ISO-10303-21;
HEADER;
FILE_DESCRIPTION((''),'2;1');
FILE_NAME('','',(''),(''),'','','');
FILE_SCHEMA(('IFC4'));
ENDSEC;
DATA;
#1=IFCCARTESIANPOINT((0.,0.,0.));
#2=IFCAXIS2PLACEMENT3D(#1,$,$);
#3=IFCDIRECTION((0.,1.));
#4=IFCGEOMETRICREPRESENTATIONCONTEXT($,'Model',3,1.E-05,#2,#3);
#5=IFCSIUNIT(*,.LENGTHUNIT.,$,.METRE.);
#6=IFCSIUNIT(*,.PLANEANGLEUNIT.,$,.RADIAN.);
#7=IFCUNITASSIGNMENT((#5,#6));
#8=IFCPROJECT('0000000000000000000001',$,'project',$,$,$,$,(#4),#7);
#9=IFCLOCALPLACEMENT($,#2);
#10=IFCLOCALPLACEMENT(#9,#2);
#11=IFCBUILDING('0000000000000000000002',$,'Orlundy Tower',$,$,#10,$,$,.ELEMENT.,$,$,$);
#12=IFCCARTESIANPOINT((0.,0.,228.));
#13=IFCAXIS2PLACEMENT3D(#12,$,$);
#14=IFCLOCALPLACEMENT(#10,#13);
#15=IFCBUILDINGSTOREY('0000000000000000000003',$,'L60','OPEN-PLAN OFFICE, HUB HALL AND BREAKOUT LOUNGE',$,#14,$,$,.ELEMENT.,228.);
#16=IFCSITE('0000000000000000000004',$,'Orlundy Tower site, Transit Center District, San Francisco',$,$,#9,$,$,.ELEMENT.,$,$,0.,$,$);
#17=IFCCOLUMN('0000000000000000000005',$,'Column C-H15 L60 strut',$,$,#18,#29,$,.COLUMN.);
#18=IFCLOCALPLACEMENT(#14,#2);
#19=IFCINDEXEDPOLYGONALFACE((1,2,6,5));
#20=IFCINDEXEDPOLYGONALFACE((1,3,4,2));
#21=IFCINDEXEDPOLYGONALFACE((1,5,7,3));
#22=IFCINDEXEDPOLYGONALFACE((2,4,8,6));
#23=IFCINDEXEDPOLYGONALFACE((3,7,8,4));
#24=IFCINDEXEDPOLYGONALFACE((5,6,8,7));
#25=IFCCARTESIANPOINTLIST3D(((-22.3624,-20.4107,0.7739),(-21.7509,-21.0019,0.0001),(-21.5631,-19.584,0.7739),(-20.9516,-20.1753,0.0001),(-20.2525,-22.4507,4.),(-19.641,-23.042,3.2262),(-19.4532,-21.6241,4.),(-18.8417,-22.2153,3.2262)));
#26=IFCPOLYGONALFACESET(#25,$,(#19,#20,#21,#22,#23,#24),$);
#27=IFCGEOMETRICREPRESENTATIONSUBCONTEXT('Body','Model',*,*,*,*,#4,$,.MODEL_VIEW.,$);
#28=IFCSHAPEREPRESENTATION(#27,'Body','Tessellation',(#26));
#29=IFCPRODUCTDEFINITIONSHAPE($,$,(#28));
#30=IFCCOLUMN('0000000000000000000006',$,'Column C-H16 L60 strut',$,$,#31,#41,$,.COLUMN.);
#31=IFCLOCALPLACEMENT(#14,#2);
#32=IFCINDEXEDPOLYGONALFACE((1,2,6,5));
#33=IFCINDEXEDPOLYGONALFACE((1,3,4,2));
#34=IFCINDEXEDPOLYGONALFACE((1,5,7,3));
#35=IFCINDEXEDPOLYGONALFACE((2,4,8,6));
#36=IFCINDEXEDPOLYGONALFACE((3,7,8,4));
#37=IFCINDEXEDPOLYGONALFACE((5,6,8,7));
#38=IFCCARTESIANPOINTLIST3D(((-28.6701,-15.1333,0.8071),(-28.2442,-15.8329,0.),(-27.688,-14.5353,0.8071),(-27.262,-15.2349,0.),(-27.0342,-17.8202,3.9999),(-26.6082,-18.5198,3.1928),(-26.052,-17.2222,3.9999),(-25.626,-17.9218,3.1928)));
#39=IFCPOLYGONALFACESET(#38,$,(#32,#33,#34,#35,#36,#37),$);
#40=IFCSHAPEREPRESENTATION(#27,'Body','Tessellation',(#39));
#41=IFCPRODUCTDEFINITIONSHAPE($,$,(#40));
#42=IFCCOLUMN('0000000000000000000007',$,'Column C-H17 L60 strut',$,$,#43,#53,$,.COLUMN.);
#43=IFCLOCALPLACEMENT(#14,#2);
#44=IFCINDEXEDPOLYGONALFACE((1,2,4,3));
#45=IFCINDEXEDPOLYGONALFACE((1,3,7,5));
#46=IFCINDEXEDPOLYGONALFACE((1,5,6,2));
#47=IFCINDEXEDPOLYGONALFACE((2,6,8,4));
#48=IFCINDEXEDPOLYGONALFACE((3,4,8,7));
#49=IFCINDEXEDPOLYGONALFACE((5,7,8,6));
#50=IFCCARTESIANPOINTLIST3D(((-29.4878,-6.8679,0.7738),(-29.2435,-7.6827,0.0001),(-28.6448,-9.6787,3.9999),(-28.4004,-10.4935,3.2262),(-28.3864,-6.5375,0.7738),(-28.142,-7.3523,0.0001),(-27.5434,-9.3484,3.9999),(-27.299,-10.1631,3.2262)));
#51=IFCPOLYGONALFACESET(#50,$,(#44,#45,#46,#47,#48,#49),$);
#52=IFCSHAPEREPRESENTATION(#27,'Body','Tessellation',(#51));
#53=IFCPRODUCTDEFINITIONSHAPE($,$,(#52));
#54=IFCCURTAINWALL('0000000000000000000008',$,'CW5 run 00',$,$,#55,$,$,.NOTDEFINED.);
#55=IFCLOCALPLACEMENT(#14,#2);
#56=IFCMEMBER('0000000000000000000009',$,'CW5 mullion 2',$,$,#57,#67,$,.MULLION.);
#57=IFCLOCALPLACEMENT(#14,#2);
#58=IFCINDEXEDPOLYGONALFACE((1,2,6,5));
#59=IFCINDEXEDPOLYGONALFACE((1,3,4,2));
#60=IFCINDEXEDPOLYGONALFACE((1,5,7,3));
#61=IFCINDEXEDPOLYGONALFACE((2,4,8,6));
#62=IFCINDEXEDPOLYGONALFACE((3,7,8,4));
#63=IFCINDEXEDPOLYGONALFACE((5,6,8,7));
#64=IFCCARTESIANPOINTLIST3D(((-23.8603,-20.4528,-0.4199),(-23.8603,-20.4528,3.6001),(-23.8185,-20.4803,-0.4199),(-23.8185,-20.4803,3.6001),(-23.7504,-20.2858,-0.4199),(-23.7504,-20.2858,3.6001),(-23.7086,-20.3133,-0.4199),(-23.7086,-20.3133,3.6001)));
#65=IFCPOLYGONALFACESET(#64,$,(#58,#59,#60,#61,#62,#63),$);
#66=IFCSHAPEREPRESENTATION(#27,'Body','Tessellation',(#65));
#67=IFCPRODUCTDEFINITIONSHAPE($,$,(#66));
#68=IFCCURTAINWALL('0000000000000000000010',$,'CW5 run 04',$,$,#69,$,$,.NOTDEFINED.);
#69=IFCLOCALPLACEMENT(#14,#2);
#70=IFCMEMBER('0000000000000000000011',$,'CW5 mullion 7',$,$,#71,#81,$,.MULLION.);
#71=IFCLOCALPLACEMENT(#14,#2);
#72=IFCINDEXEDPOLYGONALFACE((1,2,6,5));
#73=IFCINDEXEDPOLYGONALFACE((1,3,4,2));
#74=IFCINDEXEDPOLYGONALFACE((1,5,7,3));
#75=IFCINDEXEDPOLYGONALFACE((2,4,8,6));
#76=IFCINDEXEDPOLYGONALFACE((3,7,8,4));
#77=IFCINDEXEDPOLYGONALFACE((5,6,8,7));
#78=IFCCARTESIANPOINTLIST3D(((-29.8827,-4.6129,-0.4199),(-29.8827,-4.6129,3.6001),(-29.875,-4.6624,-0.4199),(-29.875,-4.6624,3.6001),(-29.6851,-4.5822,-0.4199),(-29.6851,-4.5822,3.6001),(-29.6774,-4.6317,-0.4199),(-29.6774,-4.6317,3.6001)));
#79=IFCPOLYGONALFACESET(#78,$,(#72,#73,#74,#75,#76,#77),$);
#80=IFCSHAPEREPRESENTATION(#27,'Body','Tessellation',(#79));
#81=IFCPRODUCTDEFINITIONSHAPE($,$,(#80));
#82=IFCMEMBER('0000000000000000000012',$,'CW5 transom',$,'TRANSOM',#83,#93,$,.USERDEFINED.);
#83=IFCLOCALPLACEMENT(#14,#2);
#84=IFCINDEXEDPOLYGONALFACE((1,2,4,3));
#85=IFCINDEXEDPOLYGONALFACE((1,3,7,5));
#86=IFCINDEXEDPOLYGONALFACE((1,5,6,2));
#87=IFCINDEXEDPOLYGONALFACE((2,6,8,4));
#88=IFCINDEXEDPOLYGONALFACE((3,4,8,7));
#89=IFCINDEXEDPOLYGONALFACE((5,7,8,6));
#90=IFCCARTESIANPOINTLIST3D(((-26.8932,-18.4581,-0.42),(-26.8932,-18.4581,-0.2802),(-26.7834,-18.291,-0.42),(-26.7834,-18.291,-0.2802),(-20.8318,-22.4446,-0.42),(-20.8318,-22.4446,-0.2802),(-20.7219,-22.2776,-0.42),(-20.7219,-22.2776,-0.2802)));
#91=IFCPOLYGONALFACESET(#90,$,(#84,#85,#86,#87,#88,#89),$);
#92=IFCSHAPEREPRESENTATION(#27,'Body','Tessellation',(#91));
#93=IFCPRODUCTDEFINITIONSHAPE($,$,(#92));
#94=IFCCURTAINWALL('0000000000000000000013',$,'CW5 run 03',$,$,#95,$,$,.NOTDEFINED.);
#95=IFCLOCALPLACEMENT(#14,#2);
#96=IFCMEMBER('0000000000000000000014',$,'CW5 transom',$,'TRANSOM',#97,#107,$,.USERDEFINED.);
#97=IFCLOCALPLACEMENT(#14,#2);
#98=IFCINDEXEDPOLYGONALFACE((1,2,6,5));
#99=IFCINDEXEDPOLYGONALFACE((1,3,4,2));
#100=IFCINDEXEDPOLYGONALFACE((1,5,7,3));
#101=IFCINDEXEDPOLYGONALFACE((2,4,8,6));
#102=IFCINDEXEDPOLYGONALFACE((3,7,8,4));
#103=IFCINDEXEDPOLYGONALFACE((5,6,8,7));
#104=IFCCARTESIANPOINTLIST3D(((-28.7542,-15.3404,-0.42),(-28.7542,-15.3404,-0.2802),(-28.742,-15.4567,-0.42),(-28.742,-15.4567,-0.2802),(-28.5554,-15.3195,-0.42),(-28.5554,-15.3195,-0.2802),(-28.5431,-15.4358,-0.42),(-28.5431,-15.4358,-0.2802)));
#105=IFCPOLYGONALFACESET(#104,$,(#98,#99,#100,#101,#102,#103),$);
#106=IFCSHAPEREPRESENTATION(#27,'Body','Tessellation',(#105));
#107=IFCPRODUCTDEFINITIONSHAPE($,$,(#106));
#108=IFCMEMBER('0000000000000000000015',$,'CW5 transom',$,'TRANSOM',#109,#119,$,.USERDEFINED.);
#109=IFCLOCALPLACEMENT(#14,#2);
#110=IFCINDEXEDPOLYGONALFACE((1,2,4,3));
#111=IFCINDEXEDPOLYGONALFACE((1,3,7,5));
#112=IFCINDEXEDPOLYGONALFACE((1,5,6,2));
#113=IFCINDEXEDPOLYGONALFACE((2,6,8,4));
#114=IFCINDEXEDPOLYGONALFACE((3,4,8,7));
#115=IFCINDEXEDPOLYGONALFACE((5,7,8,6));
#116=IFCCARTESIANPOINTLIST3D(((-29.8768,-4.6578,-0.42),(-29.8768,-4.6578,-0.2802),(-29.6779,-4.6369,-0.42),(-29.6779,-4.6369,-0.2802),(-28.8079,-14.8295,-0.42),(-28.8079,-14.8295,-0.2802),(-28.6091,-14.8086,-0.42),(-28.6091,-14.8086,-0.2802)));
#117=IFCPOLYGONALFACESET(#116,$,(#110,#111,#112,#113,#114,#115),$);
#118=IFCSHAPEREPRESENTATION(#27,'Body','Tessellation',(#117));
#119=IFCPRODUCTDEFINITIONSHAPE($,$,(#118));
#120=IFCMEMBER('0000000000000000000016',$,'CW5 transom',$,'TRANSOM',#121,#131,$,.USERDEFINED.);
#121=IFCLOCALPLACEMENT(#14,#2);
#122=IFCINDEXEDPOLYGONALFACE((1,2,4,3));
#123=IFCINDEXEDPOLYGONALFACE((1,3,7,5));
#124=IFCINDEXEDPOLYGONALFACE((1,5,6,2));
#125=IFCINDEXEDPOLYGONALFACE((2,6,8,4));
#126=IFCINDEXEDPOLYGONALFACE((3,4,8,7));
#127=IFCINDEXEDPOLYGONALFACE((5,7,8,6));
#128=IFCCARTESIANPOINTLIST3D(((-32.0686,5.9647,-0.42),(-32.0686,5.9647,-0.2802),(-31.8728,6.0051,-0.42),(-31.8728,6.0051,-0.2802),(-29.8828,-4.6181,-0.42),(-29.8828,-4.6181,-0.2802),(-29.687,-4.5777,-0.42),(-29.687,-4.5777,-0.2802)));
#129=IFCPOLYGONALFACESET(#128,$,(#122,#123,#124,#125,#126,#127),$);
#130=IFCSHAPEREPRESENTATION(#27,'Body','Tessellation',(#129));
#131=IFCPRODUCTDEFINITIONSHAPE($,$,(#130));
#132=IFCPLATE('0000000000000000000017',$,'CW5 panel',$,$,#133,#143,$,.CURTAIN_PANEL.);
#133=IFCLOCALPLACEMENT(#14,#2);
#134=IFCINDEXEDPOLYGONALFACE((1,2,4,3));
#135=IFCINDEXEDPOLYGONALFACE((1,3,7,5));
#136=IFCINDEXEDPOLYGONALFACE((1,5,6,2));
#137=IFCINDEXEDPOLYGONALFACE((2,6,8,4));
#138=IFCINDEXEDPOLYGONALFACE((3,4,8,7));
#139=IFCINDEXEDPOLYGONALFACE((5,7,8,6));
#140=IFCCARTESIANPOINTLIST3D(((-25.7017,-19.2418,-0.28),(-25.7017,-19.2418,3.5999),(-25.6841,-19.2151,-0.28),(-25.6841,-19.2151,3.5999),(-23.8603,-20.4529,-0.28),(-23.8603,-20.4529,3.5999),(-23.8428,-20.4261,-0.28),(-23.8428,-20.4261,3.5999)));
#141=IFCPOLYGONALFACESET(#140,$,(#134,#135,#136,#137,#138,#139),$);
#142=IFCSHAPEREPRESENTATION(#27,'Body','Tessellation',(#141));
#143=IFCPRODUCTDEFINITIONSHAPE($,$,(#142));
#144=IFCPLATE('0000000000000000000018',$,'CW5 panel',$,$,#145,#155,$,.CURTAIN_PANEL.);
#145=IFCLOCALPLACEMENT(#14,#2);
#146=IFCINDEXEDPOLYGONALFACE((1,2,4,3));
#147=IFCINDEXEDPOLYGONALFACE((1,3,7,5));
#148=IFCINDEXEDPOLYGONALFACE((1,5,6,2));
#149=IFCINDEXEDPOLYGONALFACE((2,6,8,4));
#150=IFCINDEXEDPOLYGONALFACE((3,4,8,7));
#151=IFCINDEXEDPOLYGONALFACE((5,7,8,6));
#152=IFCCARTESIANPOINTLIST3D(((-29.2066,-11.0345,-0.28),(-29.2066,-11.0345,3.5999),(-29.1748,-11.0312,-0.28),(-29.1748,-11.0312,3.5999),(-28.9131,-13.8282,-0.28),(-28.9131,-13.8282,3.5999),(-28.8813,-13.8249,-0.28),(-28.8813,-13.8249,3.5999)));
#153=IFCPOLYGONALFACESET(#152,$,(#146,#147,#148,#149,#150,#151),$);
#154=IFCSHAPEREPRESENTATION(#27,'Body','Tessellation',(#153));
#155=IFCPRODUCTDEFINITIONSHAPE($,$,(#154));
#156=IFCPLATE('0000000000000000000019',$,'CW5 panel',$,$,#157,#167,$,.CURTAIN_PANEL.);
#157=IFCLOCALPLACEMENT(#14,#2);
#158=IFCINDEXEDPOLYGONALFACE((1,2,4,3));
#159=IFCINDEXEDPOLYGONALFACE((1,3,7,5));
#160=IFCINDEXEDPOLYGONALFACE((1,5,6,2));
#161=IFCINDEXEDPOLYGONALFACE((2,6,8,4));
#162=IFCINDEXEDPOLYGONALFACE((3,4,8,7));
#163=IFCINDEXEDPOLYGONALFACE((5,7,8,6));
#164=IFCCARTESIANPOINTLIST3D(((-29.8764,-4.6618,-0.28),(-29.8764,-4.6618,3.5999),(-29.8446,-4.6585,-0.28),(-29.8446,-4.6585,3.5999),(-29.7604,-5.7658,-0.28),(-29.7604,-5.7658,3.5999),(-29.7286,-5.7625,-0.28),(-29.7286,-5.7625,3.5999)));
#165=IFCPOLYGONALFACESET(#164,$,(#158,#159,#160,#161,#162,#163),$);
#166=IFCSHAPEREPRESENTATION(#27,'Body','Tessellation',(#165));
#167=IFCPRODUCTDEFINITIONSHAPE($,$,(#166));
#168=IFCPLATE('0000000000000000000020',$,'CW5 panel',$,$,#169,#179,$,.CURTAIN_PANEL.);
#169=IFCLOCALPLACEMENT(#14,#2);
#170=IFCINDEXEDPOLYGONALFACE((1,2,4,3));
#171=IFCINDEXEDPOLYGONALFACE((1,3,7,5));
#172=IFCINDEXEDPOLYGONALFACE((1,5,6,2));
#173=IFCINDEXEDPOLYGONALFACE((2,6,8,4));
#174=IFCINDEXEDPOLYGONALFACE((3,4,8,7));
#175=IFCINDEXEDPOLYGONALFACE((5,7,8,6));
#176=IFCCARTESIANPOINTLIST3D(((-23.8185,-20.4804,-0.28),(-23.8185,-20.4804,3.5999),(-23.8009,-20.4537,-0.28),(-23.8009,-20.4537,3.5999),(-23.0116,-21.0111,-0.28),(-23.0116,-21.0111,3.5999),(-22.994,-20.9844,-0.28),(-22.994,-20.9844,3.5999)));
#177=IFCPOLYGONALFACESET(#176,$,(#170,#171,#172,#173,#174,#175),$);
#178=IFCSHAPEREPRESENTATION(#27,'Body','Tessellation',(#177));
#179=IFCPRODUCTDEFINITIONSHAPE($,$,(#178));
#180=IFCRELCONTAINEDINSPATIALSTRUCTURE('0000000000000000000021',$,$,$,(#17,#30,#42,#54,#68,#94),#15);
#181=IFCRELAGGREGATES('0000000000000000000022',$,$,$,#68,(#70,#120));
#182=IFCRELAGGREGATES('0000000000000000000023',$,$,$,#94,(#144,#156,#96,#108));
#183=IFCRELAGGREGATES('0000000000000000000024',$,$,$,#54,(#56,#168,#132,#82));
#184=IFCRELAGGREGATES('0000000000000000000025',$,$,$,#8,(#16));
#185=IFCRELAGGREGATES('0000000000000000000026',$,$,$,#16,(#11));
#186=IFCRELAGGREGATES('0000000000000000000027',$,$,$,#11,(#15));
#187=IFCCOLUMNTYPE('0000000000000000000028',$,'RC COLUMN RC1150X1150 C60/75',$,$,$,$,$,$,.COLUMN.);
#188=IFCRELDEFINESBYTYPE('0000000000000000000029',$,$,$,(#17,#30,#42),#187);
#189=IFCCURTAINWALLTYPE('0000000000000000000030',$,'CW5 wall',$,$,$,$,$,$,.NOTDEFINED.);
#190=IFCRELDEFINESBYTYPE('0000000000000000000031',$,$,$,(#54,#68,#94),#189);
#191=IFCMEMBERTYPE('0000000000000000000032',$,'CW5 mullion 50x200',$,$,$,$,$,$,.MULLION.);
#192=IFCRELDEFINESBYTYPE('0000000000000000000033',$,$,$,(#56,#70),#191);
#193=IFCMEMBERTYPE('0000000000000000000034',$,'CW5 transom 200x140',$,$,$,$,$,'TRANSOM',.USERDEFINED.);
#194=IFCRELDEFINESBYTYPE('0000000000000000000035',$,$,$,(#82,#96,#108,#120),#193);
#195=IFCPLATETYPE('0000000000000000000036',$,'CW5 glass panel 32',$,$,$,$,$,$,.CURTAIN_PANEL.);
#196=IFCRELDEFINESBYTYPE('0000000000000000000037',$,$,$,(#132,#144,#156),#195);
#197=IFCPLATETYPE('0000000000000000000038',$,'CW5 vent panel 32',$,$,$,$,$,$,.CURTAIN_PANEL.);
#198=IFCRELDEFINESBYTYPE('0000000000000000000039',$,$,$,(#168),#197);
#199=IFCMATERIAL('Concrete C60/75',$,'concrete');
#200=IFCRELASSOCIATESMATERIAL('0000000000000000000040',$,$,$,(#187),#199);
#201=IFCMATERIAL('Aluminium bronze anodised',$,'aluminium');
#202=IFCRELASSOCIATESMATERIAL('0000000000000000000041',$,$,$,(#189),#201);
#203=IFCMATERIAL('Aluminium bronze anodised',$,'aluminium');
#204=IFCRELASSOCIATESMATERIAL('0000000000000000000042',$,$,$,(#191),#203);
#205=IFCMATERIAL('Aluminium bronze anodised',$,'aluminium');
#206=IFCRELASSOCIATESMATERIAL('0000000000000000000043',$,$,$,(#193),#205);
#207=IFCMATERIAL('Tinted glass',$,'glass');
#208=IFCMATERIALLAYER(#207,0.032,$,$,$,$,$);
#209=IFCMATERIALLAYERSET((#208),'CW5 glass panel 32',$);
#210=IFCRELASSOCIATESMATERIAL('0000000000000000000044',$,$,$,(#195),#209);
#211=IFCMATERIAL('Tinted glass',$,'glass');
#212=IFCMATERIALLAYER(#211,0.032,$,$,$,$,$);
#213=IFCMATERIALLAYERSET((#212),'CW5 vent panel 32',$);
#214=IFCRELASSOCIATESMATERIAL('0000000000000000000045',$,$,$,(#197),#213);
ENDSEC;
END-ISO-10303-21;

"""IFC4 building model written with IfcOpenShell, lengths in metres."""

from ifc_helpers import new_model, si_unit, direction, frame, origin, origin_2d, place, context, subcontext, project, spatial, rectangle, extrude, material, layer, layer_set, material_profile, profile_set, type_object, element, aggregate, save


model = new_model("IFC4")

# Units and contexts
model_context = context("Model", 3, precision=1e-05, world=origin(), true_north=direction((0.0, 1.0)))
body_context = subcontext(model_context, "Body", "Model", "MODEL_VIEW")
ifc_project = project(units=[si_unit("LENGTHUNIT", "METRE"), si_unit("PLANEANGLEUNIT", "RADIAN")], contexts=[model_context])

# Site, building, storey
site_placement = place(None, origin())
site = spatial("IfcSite", under=ifc_project, at=site_placement, Name="Orlundy Tower site, Transit Center District, San Francisco", CompositionType="ELEMENT", RefElevation=0.0)
building_placement = place(site_placement, origin())
building = spatial("IfcBuilding", under=site, at=building_placement, Name="Orlundy Tower", CompositionType="ELEMENT")
storey_placement = place(building_placement, frame((0.0, 0.0, 228.0)))
storey = spatial("IfcBuildingStorey", under=building, at=storey_placement, Name="L60", Description="OPEN-PLAN OFFICE, HUB HALL AND BREAKOUT LOUNGE", CompositionType="ELEMENT", Elevation=228.0)

# Columns
ifc_material_1 = material(Name="Concrete C60/75", Category="concrete")
ifc_material_profile_1 = material_profile(ifc_material_1, rectangle(XDim=1.1499, YDim=1.1499, at=origin_2d()), Name="RC1150X1150")
ifc_profile_set_1 = profile_set([ifc_material_profile_1], Name="Concrete C60/75")
column_type = type_object("IfcColumnType", Name="RC COLUMN RC1150X1150 C60/75", PredefinedType="COLUMN", material=ifc_profile_set_1)
column_1_placement = place(storey_placement, frame((-21.657, -20.293, 0.387), z_axis=(0.483771, -0.467761, 0.739707), x_axis=(0.695111, 0.718902, 0.0)))
element("IfcColumn", 1, at=column_1_placement, inside=storey, type_object=column_type, Name="Column C-H15 L60 strut", PredefinedType="COLUMN", context=body_context, shape_type="SweptSolid", body=[
    extrude(rectangle(XDim=1.1499, YDim=1.1499, at=origin_2d()), origin(), (0.0, 0.0, 1.0), 4.3613),
])
column_2_placement = place(storey_placement, frame((-27.9661, -15.1841, 0.4036), z_axis=(0.364989, -0.599473, 0.712331), x_axis=(0.85414, 0.520043, 0.0)))
element("IfcColumn", 2, at=column_2_placement, inside=storey, type_object=column_type, Name="Column C-H16 L60 strut", PredefinedType="COLUMN", context=body_context, shape_type="SweptSolid", body=[
    extrude(rectangle(XDim=1.1499, YDim=1.1499, at=origin_2d()), origin(), (0.0, 0.0, 1.0), 4.4822),
])
column_3_placement = place(storey_placement, frame((-28.8149, -7.1101, 0.387), z_axis=(0.193306, -0.644521, 0.739747), x_axis=(0.957847, 0.287279, 0.0)))
element("IfcColumn", 3, at=column_3_placement, inside=storey, type_object=column_type, Name="Column C-H17 L60 strut", PredefinedType="COLUMN", context=body_context, shape_type="SweptSolid", body=[
    extrude(rectangle(XDim=1.1499, YDim=1.1499, at=origin_2d()), origin(), (0.0, 0.0, 1.0), 4.3611),
])

# Curtain walls, members
ifc_material_2 = material(Name="Aluminium bronze anodised", Category="aluminium")
curtain_wall_type = type_object("IfcCurtainWallType", Name="CW5 wall", PredefinedType="NOTDEFINED", material=ifc_material_2)
curtain_wall_1_placement = place(storey_placement, origin())
curtain_wall_1 = element("IfcCurtainWall", 4, at=curtain_wall_1_placement, inside=storey, type_object=curtain_wall_type, Name="CW5 run 00", PredefinedType="NOTDEFINED")
ifc_material_3 = material(Name="Aluminium bronze anodised", Category="aluminium")
ifc_material_profile_2 = material_profile(ifc_material_3, rectangle(XDim=0.2, YDim=0.05, at=origin_2d()), Name="CW5 mullion 50x200")
ifc_profile_set_2 = profile_set([ifc_material_profile_2], Name="Aluminium bronze anodised")
member_type_1 = type_object("IfcMemberType", Name="CW5 mullion 50x200", PredefinedType="MULLION", material=ifc_profile_set_2)
member_1_placement = place(storey_placement, frame((-23.7844, -20.3831, -0.4199), z_axis=(0.0, 0.0, 1.0), x_axis=(-0.549497, -0.835496, 0.0)))
member_1 = element("IfcMember", 5, at=member_1_placement, type_object=member_type_1, Name="CW5 mullion 2", PredefinedType="MULLION", context=body_context, shape_type="SweptSolid", body=[
    extrude(rectangle(XDim=0.2, YDim=0.05, at=origin_2d()), origin(), (0.0, 0.0, 1.0), 4.02),
])
curtain_wall_2_placement = place(storey_placement, origin())
curtain_wall_2 = element("IfcCurtainWall", 6, at=curtain_wall_2_placement, inside=storey, type_object=curtain_wall_type, Name="CW5 run 04", PredefinedType="NOTDEFINED")
member_2_placement = place(storey_placement, frame((-29.78, -4.6223, -0.4199), z_axis=(0.0, 0.0, 1.0), x_axis=(-0.988137, -0.153574, 0.0)))
member_2 = element("IfcMember", 7, at=member_2_placement, type_object=member_type_1, Name="CW5 mullion 7", PredefinedType="MULLION", context=body_context, shape_type="SweptSolid", body=[
    extrude(rectangle(XDim=0.2, YDim=0.05, at=origin_2d()), origin(), (0.0, 0.0, 1.0), 4.02),
])

# Member
ifc_material_4 = material(Name="Aluminium bronze anodised", Category="aluminium")
ifc_material_profile_3 = material_profile(ifc_material_4, rectangle(XDim=0.2, YDim=0.1399, at=origin_2d()), Name="CW5 transom 200x140")
ifc_profile_set_3 = profile_set([ifc_material_profile_3], Name="Aluminium bronze anodised")
member_type_2 = type_object("IfcMemberType", Name="CW5 transom 200x140", ElementType="TRANSOM", PredefinedType="USERDEFINED", material=ifc_profile_set_3)
member_3_placement = place(storey_placement, frame((-20.7769, -22.3611, -0.3501), z_axis=(-0.835498, 0.549494, 0.0), x_axis=(-0.549494, -0.835498, 0.0)))
member_3 = element("IfcMember", 8, at=member_3_placement, type_object=member_type_2, Name="CW5 transom", ObjectType="TRANSOM", PredefinedType="USERDEFINED", context=body_context, shape_type="SweptSolid", body=[
    extrude(rectangle(XDim=0.2, YDim=0.1399, at=origin_2d()), origin(), (0.0, 0.0, 1.0), 7.2549),
])

# Curtain wall, members
curtain_wall_3_placement = place(storey_placement, origin())
curtain_wall_3 = element("IfcCurtainWall", 9, at=curtain_wall_3_placement, inside=storey, type_object=curtain_wall_type, Name="CW5 run 03", PredefinedType="NOTDEFINED")
member_4_placement = place(storey_placement, frame((-28.6426, -15.4463, -0.3501), z_axis=(-0.104467, 0.994528, 0.0), x_axis=(-0.994528, -0.104467, 0.0)))
member_4 = element("IfcMember", 10, at=member_4_placement, type_object=member_type_2, Name="CW5 transom", ObjectType="TRANSOM", PredefinedType="USERDEFINED", context=body_context, shape_type="SweptSolid", body=[
    extrude(rectangle(XDim=0.2, YDim=0.1399, at=origin_2d()), origin(), (0.0, 0.0, 1.0), 0.1169),
])
member_5_placement = place(storey_placement, frame((-28.7085, -14.8191, -0.3501), z_axis=(-0.104503, 0.994525, 0.0), x_axis=(-0.994525, -0.104503, 0.0)))
member_5 = element("IfcMember", 11, at=member_5_placement, type_object=member_type_2, Name="CW5 transom", ObjectType="TRANSOM", PredefinedType="USERDEFINED", context=body_context, shape_type="SweptSolid", body=[
    extrude(rectangle(XDim=0.2, YDim=0.1399, at=origin_2d()), origin(), (0.0, 0.0, 1.0), 10.2278),
])

# Member
member_6_placement = place(storey_placement, frame((-29.7849, -4.5979, -0.3501), z_axis=(-0.202273, 0.979329, 0.0), x_axis=(-0.979329, -0.202273, 0.0)))
member_6 = element("IfcMember", 12, at=member_6_placement, type_object=member_type_2, Name="CW5 transom", ObjectType="TRANSOM", PredefinedType="USERDEFINED", context=body_context, shape_type="SweptSolid", body=[
    extrude(rectangle(XDim=0.2, YDim=0.1399, at=origin_2d()), origin(), (0.0, 0.0, 1.0), 10.8062),
])
aggregate(curtain_wall_2, [member_2, member_6])

# Plates
ifc_material_5 = material(Name="Tinted glass", Category="glass")
ifc_layer_1 = layer(ifc_material_5, 0.032)
ifc_layer_set_1 = layer_set([ifc_layer_1], Name="CW5 glass panel 32")
plate_type_1 = type_object("IfcPlateType", Name="CW5 glass panel 32", PredefinedType="CURTAIN_PANEL", material=ifc_layer_set_1)
plate_1_placement = place(storey_placement, frame((-24.7722, -19.834, -0.28), z_axis=(0.0, 0.0, 1.0), x_axis=(-0.835496, 0.549497, 0.0)))
plate_1 = element("IfcPlate", 13, at=plate_1_placement, type_object=plate_type_1, Name="CW5 panel", PredefinedType="CURTAIN_PANEL", context=body_context, shape_type="SweptSolid", body=[
    extrude(rectangle(XDim=2.2039, YDim=0.032, at=origin_2d()), origin(), (0.0, 0.0, 1.0), 3.8799),
])
plate_2_placement = place(storey_placement, frame((-29.0439, -12.4297, -0.28), z_axis=(0.0, 0.0, 1.0), x_axis=(-0.104504, 0.994524, 0.0)))
plate_2 = element("IfcPlate", 14, at=plate_2_placement, type_object=plate_type_1, Name="CW5 panel", PredefinedType="CURTAIN_PANEL", context=body_context, shape_type="SweptSolid", body=[
    extrude(rectangle(XDim=2.8091, YDim=0.032, at=origin_2d()), origin(), (0.0, 0.0, 1.0), 3.8799),
])
plate_3_placement = place(storey_placement, frame((-29.8025, -5.2122, -0.28), z_axis=(0.0, 0.0, 1.0), x_axis=(-0.104504, 0.994524, 0.0)))
plate_3 = element("IfcPlate", 15, at=plate_3_placement, type_object=plate_type_1, Name="CW5 panel", PredefinedType="CURTAIN_PANEL", context=body_context, shape_type="SweptSolid", body=[
    extrude(rectangle(XDim=1.1101, YDim=0.032, at=origin_2d()), origin(), (0.0, 0.0, 1.0), 3.8799),
])
aggregate(curtain_wall_3, [plate_2, plate_3, member_4, member_5])
ifc_material_6 = material(Name="Tinted glass", Category="glass")
ifc_layer_2 = layer(ifc_material_6, 0.032)
ifc_layer_set_2 = layer_set([ifc_layer_2], Name="CW5 vent panel 32")
plate_type_2 = type_object("IfcPlateType", Name="CW5 vent panel 32", PredefinedType="CURTAIN_PANEL", material=ifc_layer_set_2)
plate_4_placement = place(storey_placement, frame((-23.4062, -20.7324, -0.28), z_axis=(0.0, 0.0, 1.0), x_axis=(-0.835496, 0.549497, 0.0)))
plate_4 = element("IfcPlate", 16, at=plate_4_placement, type_object=plate_type_2, Name="CW5 panel", PredefinedType="CURTAIN_PANEL", context=body_context, shape_type="SweptSolid", body=[
    extrude(rectangle(XDim=0.9658, YDim=0.032, at=origin_2d()), origin(), (0.0, 0.0, 1.0), 3.8799),
])
aggregate(curtain_wall_1, [member_1, plate_4, plate_1, member_3])

save(model, "model.ifc")
